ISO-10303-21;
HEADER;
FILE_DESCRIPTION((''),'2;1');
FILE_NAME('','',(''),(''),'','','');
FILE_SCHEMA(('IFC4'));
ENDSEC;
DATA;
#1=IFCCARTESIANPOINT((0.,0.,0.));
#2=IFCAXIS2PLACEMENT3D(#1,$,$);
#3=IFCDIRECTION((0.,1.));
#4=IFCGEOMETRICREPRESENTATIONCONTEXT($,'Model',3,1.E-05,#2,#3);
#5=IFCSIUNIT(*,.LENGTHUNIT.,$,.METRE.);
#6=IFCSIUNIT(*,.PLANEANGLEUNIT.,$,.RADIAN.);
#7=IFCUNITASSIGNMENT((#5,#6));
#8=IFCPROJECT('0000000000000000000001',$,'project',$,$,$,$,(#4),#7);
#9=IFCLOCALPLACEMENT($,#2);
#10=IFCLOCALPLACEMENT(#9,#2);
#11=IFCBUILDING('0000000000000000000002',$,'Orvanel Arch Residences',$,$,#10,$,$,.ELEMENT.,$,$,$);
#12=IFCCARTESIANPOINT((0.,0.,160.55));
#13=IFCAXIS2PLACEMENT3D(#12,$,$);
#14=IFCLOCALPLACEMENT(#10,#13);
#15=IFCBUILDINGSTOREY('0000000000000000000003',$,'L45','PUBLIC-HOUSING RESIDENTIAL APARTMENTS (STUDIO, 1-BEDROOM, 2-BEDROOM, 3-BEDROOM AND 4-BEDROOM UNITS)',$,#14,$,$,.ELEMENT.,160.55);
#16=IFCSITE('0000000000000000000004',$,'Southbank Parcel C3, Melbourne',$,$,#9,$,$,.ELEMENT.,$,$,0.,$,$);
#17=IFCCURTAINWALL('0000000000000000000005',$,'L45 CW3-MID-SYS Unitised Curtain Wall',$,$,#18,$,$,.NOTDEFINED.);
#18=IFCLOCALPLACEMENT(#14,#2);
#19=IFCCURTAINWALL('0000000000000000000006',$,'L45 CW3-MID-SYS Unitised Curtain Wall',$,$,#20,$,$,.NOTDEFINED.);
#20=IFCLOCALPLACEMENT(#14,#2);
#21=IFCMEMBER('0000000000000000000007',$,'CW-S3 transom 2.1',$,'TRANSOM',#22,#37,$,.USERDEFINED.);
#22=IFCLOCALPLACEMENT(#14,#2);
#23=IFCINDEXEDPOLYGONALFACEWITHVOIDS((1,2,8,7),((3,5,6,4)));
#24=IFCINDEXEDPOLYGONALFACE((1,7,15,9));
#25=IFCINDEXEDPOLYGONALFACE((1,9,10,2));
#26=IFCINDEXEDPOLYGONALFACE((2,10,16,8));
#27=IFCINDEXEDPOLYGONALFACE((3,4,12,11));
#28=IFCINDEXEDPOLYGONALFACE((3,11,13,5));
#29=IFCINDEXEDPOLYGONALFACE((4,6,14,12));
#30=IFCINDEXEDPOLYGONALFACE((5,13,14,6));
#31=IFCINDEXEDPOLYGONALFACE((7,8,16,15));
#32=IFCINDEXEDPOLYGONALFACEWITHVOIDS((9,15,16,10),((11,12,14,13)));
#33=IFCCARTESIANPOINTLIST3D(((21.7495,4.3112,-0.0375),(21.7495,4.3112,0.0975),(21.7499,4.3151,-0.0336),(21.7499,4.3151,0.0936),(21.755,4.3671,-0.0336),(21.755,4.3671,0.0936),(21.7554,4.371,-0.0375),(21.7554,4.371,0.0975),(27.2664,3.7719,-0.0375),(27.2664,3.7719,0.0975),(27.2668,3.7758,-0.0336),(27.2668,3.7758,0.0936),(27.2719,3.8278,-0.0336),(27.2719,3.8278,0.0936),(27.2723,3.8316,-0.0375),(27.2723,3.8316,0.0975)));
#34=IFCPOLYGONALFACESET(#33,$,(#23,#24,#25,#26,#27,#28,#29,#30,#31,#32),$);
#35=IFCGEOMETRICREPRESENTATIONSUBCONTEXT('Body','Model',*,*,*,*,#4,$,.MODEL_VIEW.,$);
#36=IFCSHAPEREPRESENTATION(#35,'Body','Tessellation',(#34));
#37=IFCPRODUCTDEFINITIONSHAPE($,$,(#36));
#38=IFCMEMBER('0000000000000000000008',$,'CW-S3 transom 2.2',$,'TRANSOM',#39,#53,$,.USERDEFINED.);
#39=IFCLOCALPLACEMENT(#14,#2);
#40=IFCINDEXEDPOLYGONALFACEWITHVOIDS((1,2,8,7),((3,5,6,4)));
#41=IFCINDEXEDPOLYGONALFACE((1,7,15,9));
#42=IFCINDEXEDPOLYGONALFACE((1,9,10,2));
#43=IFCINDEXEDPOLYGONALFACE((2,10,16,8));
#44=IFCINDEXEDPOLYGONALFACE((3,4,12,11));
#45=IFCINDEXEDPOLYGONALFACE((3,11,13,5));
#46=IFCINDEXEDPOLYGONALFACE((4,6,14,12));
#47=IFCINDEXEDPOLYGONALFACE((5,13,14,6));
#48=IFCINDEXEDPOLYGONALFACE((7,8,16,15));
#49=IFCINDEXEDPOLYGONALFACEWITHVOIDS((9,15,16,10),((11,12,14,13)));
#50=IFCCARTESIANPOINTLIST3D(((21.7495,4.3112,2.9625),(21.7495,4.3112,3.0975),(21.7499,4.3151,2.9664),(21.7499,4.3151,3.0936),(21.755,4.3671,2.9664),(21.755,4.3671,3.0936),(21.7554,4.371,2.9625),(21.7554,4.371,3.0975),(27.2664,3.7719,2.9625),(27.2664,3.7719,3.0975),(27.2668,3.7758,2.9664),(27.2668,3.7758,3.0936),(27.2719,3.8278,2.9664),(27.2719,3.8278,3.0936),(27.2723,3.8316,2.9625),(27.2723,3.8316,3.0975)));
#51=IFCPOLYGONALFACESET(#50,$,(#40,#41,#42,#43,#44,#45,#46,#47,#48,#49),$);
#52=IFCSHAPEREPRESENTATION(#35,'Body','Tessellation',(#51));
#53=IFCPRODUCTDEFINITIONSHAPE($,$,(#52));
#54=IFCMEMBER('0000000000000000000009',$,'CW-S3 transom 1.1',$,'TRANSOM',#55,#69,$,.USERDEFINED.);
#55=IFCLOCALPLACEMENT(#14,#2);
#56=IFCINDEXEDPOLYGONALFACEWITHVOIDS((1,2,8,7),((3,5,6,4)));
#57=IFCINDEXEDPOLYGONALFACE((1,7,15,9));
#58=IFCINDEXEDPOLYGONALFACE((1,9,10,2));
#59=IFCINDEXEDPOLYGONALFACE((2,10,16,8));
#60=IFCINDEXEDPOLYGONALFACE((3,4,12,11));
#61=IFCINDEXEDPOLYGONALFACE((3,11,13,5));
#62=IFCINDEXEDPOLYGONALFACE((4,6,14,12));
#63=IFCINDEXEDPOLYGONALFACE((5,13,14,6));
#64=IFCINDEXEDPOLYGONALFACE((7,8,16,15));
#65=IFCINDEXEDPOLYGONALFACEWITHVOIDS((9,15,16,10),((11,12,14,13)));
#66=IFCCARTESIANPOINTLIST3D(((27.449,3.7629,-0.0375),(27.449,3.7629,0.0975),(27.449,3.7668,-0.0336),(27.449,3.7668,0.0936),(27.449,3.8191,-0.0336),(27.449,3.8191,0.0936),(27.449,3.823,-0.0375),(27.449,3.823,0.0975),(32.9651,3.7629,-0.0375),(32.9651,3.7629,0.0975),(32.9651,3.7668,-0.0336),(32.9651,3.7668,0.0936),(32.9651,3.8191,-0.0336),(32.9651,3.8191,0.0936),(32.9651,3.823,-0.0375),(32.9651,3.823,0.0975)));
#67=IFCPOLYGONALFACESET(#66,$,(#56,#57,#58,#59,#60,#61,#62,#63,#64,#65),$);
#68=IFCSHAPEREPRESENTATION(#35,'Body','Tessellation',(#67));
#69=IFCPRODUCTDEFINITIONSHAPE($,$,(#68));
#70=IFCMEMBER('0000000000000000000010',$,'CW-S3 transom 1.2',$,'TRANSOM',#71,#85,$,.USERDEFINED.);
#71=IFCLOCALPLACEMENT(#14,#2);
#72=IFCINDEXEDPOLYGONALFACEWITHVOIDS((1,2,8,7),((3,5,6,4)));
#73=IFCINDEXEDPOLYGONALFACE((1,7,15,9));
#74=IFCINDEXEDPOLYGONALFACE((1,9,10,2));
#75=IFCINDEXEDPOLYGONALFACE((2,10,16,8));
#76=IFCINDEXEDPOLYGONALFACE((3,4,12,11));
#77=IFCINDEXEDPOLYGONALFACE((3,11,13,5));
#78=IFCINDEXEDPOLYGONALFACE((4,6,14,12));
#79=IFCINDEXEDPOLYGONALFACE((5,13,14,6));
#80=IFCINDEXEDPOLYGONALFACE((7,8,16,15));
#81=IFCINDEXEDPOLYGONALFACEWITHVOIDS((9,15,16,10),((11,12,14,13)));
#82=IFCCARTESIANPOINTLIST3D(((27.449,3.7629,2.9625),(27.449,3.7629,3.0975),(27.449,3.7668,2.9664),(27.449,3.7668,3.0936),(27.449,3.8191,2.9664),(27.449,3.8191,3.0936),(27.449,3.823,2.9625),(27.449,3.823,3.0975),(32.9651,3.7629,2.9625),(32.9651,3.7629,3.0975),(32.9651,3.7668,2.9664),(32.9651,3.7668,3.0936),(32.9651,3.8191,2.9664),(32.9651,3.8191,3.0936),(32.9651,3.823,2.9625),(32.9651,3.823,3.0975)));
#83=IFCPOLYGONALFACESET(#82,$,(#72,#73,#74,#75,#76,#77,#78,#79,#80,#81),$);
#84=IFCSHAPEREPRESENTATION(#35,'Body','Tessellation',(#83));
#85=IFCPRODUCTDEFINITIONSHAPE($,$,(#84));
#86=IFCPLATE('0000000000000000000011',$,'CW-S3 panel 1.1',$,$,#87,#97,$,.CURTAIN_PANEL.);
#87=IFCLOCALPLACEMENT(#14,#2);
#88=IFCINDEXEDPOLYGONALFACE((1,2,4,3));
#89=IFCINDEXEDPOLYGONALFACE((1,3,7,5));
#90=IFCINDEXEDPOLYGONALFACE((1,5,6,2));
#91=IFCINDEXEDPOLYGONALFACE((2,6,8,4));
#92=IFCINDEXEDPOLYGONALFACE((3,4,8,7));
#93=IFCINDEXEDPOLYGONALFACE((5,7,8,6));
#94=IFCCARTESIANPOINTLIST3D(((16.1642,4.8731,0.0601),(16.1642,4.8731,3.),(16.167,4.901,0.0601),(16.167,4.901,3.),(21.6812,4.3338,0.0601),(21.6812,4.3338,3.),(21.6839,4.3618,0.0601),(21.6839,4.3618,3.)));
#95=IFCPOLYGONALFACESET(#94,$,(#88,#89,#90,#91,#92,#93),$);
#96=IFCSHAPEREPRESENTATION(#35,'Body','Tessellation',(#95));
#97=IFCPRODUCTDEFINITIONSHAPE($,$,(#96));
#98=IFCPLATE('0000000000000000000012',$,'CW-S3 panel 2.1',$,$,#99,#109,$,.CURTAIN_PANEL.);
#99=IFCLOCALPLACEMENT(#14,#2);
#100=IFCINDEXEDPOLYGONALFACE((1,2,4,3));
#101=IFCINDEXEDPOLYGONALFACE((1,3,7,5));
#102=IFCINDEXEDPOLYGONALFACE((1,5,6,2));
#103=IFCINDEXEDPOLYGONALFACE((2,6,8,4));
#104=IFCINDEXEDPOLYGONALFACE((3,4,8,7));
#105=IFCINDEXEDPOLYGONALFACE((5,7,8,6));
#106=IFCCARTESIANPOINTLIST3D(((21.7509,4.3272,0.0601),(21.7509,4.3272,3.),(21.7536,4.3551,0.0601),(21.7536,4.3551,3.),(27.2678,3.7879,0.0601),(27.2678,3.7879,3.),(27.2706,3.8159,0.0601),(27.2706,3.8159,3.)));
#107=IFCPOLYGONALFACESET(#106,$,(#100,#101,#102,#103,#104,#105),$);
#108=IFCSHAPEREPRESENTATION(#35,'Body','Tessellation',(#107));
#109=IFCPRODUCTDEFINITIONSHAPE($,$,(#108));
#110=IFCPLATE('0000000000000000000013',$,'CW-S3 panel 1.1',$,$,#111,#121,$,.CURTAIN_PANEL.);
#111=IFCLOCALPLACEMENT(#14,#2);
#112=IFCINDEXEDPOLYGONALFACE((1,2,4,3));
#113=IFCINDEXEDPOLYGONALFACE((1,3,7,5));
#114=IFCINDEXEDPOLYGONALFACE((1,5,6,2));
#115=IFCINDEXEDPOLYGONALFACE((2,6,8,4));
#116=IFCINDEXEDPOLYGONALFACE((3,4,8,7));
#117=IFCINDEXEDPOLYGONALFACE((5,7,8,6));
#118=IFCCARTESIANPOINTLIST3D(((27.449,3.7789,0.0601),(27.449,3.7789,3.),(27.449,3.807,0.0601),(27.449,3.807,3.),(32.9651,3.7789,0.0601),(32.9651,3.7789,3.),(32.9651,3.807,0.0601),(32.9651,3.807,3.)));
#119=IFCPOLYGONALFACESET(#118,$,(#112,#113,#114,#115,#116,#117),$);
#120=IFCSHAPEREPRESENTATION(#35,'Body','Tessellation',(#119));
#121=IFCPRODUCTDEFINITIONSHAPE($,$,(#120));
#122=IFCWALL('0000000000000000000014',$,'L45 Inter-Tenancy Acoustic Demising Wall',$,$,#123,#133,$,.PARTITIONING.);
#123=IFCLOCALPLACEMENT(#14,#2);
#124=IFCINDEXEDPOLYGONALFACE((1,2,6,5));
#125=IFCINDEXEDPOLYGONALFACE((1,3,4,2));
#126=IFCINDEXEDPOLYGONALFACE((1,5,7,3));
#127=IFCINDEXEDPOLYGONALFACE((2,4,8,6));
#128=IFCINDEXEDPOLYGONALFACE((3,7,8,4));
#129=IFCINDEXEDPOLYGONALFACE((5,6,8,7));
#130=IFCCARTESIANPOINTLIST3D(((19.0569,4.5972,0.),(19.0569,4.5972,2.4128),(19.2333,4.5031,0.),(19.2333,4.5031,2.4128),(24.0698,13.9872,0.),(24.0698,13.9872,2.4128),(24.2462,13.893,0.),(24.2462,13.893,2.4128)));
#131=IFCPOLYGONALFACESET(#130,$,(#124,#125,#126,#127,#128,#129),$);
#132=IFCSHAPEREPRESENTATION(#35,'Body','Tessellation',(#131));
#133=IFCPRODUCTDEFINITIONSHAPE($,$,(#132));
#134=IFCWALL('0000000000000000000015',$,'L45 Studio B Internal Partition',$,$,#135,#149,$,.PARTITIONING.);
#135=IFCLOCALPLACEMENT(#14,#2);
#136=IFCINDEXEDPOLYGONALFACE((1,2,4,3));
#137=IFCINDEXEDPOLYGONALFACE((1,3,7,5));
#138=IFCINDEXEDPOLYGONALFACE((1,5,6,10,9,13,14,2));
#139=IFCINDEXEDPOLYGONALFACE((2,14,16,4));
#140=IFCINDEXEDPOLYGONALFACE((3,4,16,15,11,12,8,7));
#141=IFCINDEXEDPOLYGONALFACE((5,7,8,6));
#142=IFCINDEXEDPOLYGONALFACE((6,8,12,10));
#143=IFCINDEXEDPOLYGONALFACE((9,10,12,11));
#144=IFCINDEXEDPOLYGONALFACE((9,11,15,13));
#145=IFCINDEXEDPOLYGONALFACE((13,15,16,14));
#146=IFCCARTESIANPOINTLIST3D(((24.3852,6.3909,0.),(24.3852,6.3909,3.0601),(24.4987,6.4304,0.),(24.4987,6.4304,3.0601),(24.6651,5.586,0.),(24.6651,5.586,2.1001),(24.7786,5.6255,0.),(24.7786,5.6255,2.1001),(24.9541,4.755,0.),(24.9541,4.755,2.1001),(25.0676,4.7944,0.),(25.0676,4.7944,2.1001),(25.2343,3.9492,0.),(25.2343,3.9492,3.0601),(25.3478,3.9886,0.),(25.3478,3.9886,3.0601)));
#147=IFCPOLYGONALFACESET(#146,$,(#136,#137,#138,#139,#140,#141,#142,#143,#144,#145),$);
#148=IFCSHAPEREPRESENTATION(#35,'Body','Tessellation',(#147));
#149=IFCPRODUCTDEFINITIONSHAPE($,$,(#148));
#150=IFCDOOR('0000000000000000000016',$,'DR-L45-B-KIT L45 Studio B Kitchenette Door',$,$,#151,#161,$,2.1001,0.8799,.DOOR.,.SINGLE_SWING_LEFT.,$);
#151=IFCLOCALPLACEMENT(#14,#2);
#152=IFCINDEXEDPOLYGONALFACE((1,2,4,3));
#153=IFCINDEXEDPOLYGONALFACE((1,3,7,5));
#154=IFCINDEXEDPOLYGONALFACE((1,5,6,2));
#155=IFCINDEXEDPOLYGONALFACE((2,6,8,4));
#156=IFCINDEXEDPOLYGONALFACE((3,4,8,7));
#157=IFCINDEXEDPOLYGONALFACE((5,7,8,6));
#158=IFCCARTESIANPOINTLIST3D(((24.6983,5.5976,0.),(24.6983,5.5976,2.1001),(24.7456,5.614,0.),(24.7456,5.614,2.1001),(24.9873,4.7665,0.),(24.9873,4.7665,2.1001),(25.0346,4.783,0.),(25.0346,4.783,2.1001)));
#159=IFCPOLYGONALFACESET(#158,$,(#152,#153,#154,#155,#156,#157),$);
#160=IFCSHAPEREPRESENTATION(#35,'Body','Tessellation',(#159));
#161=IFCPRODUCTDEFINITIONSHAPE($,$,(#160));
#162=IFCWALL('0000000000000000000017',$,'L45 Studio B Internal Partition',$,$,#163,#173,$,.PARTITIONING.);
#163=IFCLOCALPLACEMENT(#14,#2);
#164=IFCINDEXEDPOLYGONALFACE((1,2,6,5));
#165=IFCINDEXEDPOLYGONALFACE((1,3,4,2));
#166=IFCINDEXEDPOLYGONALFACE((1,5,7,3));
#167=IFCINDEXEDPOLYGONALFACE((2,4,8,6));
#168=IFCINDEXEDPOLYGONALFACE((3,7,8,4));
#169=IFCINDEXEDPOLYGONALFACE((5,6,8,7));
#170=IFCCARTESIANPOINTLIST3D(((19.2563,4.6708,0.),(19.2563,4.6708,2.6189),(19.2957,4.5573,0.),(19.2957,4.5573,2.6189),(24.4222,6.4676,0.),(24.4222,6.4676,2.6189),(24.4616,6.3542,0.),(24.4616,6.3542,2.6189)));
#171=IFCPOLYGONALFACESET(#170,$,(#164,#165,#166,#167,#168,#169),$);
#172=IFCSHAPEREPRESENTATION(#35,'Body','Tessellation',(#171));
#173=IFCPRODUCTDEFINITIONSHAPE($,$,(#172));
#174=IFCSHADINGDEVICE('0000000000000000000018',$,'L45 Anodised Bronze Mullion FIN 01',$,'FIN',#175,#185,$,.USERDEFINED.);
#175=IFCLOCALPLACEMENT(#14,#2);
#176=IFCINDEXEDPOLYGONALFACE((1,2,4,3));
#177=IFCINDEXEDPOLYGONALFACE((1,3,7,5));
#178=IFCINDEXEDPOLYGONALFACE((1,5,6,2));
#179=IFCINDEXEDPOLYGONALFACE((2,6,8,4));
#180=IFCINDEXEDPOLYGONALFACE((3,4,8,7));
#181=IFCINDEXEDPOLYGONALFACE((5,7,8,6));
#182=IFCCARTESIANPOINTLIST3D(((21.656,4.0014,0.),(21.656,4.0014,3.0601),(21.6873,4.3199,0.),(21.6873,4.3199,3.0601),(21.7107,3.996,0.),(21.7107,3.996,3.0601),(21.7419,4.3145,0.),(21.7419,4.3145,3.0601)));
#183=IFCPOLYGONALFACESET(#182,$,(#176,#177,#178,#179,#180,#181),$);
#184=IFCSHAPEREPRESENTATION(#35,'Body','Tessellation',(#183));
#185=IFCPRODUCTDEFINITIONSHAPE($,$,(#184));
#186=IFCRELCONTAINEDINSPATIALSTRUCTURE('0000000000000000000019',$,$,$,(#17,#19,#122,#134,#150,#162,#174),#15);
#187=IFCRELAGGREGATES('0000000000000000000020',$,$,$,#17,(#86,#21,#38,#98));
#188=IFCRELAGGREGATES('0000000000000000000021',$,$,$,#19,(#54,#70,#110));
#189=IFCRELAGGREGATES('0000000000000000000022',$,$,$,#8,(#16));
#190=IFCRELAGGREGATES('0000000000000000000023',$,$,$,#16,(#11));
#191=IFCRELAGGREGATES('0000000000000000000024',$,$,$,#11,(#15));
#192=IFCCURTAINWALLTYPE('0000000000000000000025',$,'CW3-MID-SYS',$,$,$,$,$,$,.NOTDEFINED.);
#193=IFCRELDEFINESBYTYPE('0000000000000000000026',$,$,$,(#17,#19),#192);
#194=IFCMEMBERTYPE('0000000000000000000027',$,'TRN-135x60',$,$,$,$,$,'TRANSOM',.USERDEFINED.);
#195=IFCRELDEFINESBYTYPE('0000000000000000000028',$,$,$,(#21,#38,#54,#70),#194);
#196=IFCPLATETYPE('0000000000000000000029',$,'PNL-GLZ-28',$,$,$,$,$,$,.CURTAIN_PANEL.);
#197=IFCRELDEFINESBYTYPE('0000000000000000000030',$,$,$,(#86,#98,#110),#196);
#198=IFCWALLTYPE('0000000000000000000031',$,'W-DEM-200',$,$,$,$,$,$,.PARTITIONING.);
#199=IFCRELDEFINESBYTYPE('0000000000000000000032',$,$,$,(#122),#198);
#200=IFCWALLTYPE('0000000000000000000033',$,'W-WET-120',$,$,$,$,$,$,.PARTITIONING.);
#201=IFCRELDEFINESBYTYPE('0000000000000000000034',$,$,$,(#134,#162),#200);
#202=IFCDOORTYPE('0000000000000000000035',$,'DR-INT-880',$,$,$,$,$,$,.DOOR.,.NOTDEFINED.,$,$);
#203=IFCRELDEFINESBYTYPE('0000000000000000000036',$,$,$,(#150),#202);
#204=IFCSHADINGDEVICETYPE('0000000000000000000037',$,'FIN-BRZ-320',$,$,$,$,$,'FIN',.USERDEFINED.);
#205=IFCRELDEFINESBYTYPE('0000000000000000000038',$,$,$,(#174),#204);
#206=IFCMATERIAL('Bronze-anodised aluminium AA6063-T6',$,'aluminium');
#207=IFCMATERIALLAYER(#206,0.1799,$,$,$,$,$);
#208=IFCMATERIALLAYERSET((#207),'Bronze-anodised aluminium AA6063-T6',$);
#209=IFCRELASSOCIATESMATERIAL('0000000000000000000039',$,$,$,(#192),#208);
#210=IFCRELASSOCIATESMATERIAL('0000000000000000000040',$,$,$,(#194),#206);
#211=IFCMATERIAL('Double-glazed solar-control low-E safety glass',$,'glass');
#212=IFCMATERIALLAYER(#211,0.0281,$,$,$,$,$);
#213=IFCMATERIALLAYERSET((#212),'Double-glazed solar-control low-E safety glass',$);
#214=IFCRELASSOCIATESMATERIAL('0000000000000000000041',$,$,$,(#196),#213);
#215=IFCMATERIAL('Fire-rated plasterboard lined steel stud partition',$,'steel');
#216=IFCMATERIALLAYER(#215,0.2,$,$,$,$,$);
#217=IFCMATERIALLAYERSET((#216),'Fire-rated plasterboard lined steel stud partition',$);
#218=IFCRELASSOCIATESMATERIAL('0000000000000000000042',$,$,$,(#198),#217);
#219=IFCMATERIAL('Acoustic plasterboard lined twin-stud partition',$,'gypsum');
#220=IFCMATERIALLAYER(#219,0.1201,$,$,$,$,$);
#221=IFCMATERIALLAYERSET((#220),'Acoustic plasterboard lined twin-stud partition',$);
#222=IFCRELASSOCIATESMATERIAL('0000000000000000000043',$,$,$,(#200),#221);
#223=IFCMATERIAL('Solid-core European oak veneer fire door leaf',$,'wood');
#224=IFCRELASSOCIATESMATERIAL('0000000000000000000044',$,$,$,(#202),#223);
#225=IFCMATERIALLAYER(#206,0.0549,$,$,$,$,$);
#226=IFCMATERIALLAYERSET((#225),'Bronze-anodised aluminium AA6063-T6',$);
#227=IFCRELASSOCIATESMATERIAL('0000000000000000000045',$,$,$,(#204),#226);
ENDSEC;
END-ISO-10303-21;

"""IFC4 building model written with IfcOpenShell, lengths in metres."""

from ifc_helpers import new_model, si_unit, direction, frame, frame_2d, origin, origin_2d, place, context, subcontext, project, spatial, rectangle, hollow_rectangle, extrude, material, layer, layer_set, material_profile, profile_set, type_object, element, fill, aggregate, save


model = new_model("IFC4")

# Units and contexts
model_context = context("Model", 3, precision=1e-05, world=origin(), true_north=direction((0.0, 1.0)))
body_context = subcontext(model_context, "Body", "Model", "MODEL_VIEW")
ifc_project = project(units=[si_unit("LENGTHUNIT", "METRE"), si_unit("PLANEANGLEUNIT", "RADIAN")], contexts=[model_context])

# Site, building, storey
site_placement = place(None, origin())
site = spatial("IfcSite", under=ifc_project, at=site_placement, Name="Southbank Parcel C3, Melbourne", CompositionType="ELEMENT", RefElevation=0.0)
building_placement = place(site_placement, origin())
building = spatial("IfcBuilding", under=site, at=building_placement, Name="Orvanel Arch Residences", CompositionType="ELEMENT")
storey_placement = place(building_placement, frame((0.0, 0.0, 160.55)))
storey = spatial("IfcBuildingStorey", under=building, at=storey_placement, Name="L45", Description="PUBLIC-HOUSING RESIDENTIAL APARTMENTS (STUDIO, 1-BEDROOM, 2-BEDROOM, 3-BEDROOM AND 4-BEDROOM UNITS)", CompositionType="ELEMENT", Elevation=160.55)

# Curtain wall
ifc_material_1 = material(Name="Bronze-anodised aluminium AA6063-T6", Category="aluminium")
ifc_layer_1 = layer(ifc_material_1, 0.1799)
ifc_layer_set_1 = layer_set([ifc_layer_1], Name="Bronze-anodised aluminium AA6063-T6")
curtain_wall_type = type_object("IfcCurtainWallType", Name="CW3-MID-SYS", PredefinedType="NOTDEFINED", material=ifc_layer_set_1)
curtain_wall_1_placement = place(storey_placement, origin())
curtain_wall_1 = element("IfcCurtainWall", 1, at=curtain_wall_1_placement, inside=storey, type_object=curtain_wall_type, Name="L45 CW3-MID-SYS Unitised Curtain Wall", PredefinedType="NOTDEFINED")

# Curtain wall
curtain_wall_2_placement = place(storey_placement, origin())
curtain_wall_2 = element("IfcCurtainWall", 2, at=curtain_wall_2_placement, inside=storey, type_object=curtain_wall_type, Name="L45 CW3-MID-SYS Unitised Curtain Wall", PredefinedType="NOTDEFINED")

# Members
ifc_material_profile_1 = material_profile(ifc_material_1, hollow_rectangle(XDim=0.0601, YDim=0.135, WallThickness=0.0039, at=origin_2d()), Name="ALU135x60x4")
ifc_profile_set_1 = profile_set([ifc_material_profile_1], Name="Bronze-anodised aluminium AA6063-T6")
member_type_1 = type_object("IfcMemberType", Name="TRN-135x60", ElementType="TRANSOM", PredefinedType="USERDEFINED", material=ifc_profile_set_1)
member_1_placement = place(storey_placement, frame((21.7524, 4.3411, 0.03), z_axis=(0.995256, -0.097293, 0.0), x_axis=(0.097293, 0.995256, 0.0)))
member_1 = element("IfcMember", 3, at=member_1_placement, type_object=member_type_1, Name="CW-S3 transom 2.1", ObjectType="TRANSOM", PredefinedType="USERDEFINED", context=body_context, shape_type="SweptSolid", body=[
    extrude(hollow_rectangle(XDim=0.0601, YDim=0.135, WallThickness=0.0039, at=origin_2d()), origin(), (0.0, 0.0, 1.0), 5.5432),
])
member_2_placement = place(storey_placement, frame((21.7524, 4.3411, 3.03), z_axis=(0.995256, -0.097293, 0.0), x_axis=(0.097293, 0.995256, 0.0)))
member_2 = element("IfcMember", 4, at=member_2_placement, type_object=member_type_1, Name="CW-S3 transom 2.2", ObjectType="TRANSOM", PredefinedType="USERDEFINED", context=body_context, shape_type="SweptSolid", body=[
    extrude(hollow_rectangle(XDim=0.0601, YDim=0.135, WallThickness=0.0039, at=origin_2d()), origin(), (0.0, 0.0, 1.0), 5.5432),
])
member_3_placement = place(storey_placement, frame((27.449, 3.793, 0.03), z_axis=(1.0, 0.0, 0.0), x_axis=(0.0, 1.0, 0.0)))
member_3 = element("IfcMember", 5, at=member_3_placement, type_object=member_type_1, Name="CW-S3 transom 1.1", ObjectType="TRANSOM", PredefinedType="USERDEFINED", context=body_context, shape_type="SweptSolid", body=[
    extrude(hollow_rectangle(XDim=0.0601, YDim=0.135, WallThickness=0.0039, at=origin_2d()), origin(), (0.0, 0.0, 1.0), 5.5161),
])
member_4_placement = place(storey_placement, frame((27.449, 3.793, 3.03), z_axis=(1.0, 0.0, 0.0), x_axis=(0.0, 1.0, 0.0)))
member_4 = element("IfcMember", 6, at=member_4_placement, type_object=member_type_1, Name="CW-S3 transom 1.2", ObjectType="TRANSOM", PredefinedType="USERDEFINED", context=body_context, shape_type="SweptSolid", body=[
    extrude(hollow_rectangle(XDim=0.0601, YDim=0.135, WallThickness=0.0039, at=origin_2d()), origin(), (0.0, 0.0, 1.0), 5.5161),
])

# Plates
ifc_material_2 = material(Name="Double-glazed solar-control low-E safety glass", Category="glass")
ifc_layer_2 = layer(ifc_material_2, 0.0281)
ifc_layer_set_2 = layer_set([ifc_layer_2], Name="Double-glazed solar-control low-E safety glass")
plate_type = type_object("IfcPlateType", Name="PNL-GLZ-28", PredefinedType="CURTAIN_PANEL", material=ifc_layer_set_2)
plate_1_placement = place(storey_placement, frame((18.9241, 4.6174, 0.0601), z_axis=(0.0, 0.0, 1.0), x_axis=(0.995256, -0.097286, 0.0)))
plate_1 = element("IfcPlate", 7, at=plate_1_placement, type_object=plate_type, Name="CW-S3 panel 1.1", PredefinedType="CURTAIN_PANEL", context=body_context, shape_type="SweptSolid", body=[
    extrude(rectangle(XDim=5.5432, YDim=0.0281, at=origin_2d()), origin(), (0.0, 0.0, 1.0), 2.9399),
])
plate_2_placement = place(storey_placement, frame((24.5107, 4.0715, 0.0601), z_axis=(0.0, 0.0, 1.0), x_axis=(0.995256, -0.097286, 0.0)))
plate_2 = element("IfcPlate", 8, at=plate_2_placement, type_object=plate_type, Name="CW-S3 panel 2.1", PredefinedType="CURTAIN_PANEL", context=body_context, shape_type="SweptSolid", body=[
    extrude(rectangle(XDim=5.5432, YDim=0.0281, at=origin_2d()), origin(), (0.0, 0.0, 1.0), 2.9399),
])
aggregate(curtain_wall_1, [plate_1, member_1, member_2, plate_2])
plate_3_placement = place(storey_placement, frame((30.207, 3.793, 0.0601), z_axis=(0.0, 0.0, 1.0), x_axis=(1.0, 0.0, 0.0)))
plate_3 = element("IfcPlate", 9, at=plate_3_placement, type_object=plate_type, Name="CW-S3 panel 1.1", PredefinedType="CURTAIN_PANEL", context=body_context, shape_type="SweptSolid", body=[
    extrude(rectangle(XDim=5.5161, YDim=0.0281, at=origin_2d()), origin(), (0.0, 0.0, 1.0), 2.9399),
])
aggregate(curtain_wall_2, [member_3, member_4, plate_3])

# Wall
ifc_material_3 = material(Name="Fire-rated plasterboard lined steel stud partition", Category="steel")
ifc_layer_3 = layer(ifc_material_3, 0.2)
ifc_layer_set_3 = layer_set([ifc_layer_3], Name="Fire-rated plasterboard lined steel stud partition")
wall_type_1 = type_object("IfcWallType", Name="W-DEM-200", PredefinedType="PARTITIONING", material=ifc_layer_set_3)
wall_1_placement = place(storey_placement, frame((19.145, 4.55, 0.0), z_axis=(0.0, 0.0, 1.0), x_axis=(0.470954, 0.882158, 0.0)))
element("IfcWall", 10, at=wall_1_placement, inside=storey, type_object=wall_type_1, Name="L45 Inter-Tenancy Acoustic Demising Wall", PredefinedType="PARTITIONING", context=body_context, shape_type="SweptSolid", body=[
    extrude(rectangle(XDim=10.6443, YDim=0.2, at=frame_2d((5.3223, 0.0))), origin(), (0.0, 0.0, 1.0), 2.4128),
])

# Wall, opening, door
ifc_material_4 = material(Name="Acoustic plasterboard lined twin-stud partition", Category="gypsum")
ifc_layer_4 = layer(ifc_material_4, 0.1201)
ifc_layer_set_4 = layer_set([ifc_layer_4], Name="Acoustic plasterboard lined twin-stud partition")
wall_type_2 = type_object("IfcWallType", Name="W-WET-120", PredefinedType="PARTITIONING", material=ifc_layer_set_4)
wall_2_placement = place(storey_placement, frame((25.291, 3.969, 0.0), z_axis=(0.0, 0.0, 1.0), x_axis=(-0.32844, 0.944525, 0.0)))
wall_2 = element("IfcWall", 11, at=wall_2_placement, inside=storey, type_object=wall_type_2, Name="L45 Studio B Internal Partition", PredefinedType="PARTITIONING", context=body_context, shape_type="SweptSolid", body=[
    extrude(rectangle(XDim=2.5852, YDim=0.1201, at=frame_2d((1.2925, 0.0))), origin(), (0.0, 0.0, 1.0), 3.0601),
])
opening_placement = place(wall_2_placement, frame((0.853, 0.0, 0.0)))
opening = element("IfcOpeningElement", 12, at=opening_placement, cuts=wall_2, PredefinedType="OPENING", context=body_context, shape_type="SweptSolid", body=[
    extrude(rectangle(XDim=0.8799, YDim=2.1001, at=frame_2d((0.4399, 1.05))), frame((0.0, 0.0701, 0.0), z_axis=(0.0, -1.0, 0.0), x_axis=(1.0, 0.0, 0.0)), (0.0, 0.0, 1.0), 0.1401),
])
ifc_material_5 = material(Name="Solid-core European oak veneer fire door leaf", Category="wood")
door_type = type_object("IfcDoorType", Name="DR-INT-880", OperationType="NOTDEFINED", PredefinedType="DOOR", material=ifc_material_5)
door_placement = place(opening_placement, origin())
door = element("IfcDoor", 13, at=door_placement, inside=storey, type_object=door_type, Name="DR-L45-B-KIT L45 Studio B Kitchenette Door", OperationType="SINGLE_SWING_LEFT", OverallHeight=2.1001, OverallWidth=0.8799, PredefinedType="DOOR", context=body_context, shape_type="SweptSolid", body=[
    extrude(rectangle(XDim=0.8799, YDim=2.1001, at=frame_2d((0.4399, 1.05))), frame((0.0, 0.0249, 0.0), z_axis=(0.0, -1.0, 0.0), x_axis=(1.0, 0.0, 0.0)), (0.0, 0.0, 1.0), 0.05),
])
fill(opening, door)

# Wall
wall_3_placement = place(storey_placement, frame((19.2759, 4.614, 0.0), z_axis=(0.0, 0.0, 1.0), x_axis=(0.944497, 0.328521, 0.0)))
element("IfcWall", 14, at=wall_3_placement, inside=storey, type_object=wall_type_2, Name="L45 Studio B Internal Partition", PredefinedType="PARTITIONING", context=body_context, shape_type="SweptSolid", body=[
    extrude(rectangle(XDim=5.4695, YDim=0.1201, at=frame_2d((2.7349, 0.0))), origin(), (0.0, 0.0, 1.0), 2.6189),
])

# Shading device
ifc_layer_5 = layer(ifc_material_1, 0.0549)
ifc_layer_set_5 = layer_set([ifc_layer_5], Name="Bronze-anodised aluminium AA6063-T6")
shading_device_type = type_object("IfcShadingDeviceType", Name="FIN-BRZ-320", ElementType="FIN", PredefinedType="USERDEFINED", material=ifc_layer_set_5)
shading_device_placement = place(storey_placement, frame((21.699, 4.158, 0.0), z_axis=(0.0, 0.0, 1.0), x_axis=(-0.097583, -0.995227, 0.0)))
element("IfcShadingDevice", 15, at=shading_device_placement, inside=storey, type_object=shading_device_type, Name="L45 Anodised Bronze Mullion FIN 01", ObjectType="FIN", PredefinedType="USERDEFINED", context=body_context, shape_type="SweptSolid", body=[
    extrude(rectangle(XDim=0.3201, YDim=0.0549, at=origin_2d()), origin(), (0.0, 0.0, 1.0), 3.0601),
])

save(model, "model.ifc")
